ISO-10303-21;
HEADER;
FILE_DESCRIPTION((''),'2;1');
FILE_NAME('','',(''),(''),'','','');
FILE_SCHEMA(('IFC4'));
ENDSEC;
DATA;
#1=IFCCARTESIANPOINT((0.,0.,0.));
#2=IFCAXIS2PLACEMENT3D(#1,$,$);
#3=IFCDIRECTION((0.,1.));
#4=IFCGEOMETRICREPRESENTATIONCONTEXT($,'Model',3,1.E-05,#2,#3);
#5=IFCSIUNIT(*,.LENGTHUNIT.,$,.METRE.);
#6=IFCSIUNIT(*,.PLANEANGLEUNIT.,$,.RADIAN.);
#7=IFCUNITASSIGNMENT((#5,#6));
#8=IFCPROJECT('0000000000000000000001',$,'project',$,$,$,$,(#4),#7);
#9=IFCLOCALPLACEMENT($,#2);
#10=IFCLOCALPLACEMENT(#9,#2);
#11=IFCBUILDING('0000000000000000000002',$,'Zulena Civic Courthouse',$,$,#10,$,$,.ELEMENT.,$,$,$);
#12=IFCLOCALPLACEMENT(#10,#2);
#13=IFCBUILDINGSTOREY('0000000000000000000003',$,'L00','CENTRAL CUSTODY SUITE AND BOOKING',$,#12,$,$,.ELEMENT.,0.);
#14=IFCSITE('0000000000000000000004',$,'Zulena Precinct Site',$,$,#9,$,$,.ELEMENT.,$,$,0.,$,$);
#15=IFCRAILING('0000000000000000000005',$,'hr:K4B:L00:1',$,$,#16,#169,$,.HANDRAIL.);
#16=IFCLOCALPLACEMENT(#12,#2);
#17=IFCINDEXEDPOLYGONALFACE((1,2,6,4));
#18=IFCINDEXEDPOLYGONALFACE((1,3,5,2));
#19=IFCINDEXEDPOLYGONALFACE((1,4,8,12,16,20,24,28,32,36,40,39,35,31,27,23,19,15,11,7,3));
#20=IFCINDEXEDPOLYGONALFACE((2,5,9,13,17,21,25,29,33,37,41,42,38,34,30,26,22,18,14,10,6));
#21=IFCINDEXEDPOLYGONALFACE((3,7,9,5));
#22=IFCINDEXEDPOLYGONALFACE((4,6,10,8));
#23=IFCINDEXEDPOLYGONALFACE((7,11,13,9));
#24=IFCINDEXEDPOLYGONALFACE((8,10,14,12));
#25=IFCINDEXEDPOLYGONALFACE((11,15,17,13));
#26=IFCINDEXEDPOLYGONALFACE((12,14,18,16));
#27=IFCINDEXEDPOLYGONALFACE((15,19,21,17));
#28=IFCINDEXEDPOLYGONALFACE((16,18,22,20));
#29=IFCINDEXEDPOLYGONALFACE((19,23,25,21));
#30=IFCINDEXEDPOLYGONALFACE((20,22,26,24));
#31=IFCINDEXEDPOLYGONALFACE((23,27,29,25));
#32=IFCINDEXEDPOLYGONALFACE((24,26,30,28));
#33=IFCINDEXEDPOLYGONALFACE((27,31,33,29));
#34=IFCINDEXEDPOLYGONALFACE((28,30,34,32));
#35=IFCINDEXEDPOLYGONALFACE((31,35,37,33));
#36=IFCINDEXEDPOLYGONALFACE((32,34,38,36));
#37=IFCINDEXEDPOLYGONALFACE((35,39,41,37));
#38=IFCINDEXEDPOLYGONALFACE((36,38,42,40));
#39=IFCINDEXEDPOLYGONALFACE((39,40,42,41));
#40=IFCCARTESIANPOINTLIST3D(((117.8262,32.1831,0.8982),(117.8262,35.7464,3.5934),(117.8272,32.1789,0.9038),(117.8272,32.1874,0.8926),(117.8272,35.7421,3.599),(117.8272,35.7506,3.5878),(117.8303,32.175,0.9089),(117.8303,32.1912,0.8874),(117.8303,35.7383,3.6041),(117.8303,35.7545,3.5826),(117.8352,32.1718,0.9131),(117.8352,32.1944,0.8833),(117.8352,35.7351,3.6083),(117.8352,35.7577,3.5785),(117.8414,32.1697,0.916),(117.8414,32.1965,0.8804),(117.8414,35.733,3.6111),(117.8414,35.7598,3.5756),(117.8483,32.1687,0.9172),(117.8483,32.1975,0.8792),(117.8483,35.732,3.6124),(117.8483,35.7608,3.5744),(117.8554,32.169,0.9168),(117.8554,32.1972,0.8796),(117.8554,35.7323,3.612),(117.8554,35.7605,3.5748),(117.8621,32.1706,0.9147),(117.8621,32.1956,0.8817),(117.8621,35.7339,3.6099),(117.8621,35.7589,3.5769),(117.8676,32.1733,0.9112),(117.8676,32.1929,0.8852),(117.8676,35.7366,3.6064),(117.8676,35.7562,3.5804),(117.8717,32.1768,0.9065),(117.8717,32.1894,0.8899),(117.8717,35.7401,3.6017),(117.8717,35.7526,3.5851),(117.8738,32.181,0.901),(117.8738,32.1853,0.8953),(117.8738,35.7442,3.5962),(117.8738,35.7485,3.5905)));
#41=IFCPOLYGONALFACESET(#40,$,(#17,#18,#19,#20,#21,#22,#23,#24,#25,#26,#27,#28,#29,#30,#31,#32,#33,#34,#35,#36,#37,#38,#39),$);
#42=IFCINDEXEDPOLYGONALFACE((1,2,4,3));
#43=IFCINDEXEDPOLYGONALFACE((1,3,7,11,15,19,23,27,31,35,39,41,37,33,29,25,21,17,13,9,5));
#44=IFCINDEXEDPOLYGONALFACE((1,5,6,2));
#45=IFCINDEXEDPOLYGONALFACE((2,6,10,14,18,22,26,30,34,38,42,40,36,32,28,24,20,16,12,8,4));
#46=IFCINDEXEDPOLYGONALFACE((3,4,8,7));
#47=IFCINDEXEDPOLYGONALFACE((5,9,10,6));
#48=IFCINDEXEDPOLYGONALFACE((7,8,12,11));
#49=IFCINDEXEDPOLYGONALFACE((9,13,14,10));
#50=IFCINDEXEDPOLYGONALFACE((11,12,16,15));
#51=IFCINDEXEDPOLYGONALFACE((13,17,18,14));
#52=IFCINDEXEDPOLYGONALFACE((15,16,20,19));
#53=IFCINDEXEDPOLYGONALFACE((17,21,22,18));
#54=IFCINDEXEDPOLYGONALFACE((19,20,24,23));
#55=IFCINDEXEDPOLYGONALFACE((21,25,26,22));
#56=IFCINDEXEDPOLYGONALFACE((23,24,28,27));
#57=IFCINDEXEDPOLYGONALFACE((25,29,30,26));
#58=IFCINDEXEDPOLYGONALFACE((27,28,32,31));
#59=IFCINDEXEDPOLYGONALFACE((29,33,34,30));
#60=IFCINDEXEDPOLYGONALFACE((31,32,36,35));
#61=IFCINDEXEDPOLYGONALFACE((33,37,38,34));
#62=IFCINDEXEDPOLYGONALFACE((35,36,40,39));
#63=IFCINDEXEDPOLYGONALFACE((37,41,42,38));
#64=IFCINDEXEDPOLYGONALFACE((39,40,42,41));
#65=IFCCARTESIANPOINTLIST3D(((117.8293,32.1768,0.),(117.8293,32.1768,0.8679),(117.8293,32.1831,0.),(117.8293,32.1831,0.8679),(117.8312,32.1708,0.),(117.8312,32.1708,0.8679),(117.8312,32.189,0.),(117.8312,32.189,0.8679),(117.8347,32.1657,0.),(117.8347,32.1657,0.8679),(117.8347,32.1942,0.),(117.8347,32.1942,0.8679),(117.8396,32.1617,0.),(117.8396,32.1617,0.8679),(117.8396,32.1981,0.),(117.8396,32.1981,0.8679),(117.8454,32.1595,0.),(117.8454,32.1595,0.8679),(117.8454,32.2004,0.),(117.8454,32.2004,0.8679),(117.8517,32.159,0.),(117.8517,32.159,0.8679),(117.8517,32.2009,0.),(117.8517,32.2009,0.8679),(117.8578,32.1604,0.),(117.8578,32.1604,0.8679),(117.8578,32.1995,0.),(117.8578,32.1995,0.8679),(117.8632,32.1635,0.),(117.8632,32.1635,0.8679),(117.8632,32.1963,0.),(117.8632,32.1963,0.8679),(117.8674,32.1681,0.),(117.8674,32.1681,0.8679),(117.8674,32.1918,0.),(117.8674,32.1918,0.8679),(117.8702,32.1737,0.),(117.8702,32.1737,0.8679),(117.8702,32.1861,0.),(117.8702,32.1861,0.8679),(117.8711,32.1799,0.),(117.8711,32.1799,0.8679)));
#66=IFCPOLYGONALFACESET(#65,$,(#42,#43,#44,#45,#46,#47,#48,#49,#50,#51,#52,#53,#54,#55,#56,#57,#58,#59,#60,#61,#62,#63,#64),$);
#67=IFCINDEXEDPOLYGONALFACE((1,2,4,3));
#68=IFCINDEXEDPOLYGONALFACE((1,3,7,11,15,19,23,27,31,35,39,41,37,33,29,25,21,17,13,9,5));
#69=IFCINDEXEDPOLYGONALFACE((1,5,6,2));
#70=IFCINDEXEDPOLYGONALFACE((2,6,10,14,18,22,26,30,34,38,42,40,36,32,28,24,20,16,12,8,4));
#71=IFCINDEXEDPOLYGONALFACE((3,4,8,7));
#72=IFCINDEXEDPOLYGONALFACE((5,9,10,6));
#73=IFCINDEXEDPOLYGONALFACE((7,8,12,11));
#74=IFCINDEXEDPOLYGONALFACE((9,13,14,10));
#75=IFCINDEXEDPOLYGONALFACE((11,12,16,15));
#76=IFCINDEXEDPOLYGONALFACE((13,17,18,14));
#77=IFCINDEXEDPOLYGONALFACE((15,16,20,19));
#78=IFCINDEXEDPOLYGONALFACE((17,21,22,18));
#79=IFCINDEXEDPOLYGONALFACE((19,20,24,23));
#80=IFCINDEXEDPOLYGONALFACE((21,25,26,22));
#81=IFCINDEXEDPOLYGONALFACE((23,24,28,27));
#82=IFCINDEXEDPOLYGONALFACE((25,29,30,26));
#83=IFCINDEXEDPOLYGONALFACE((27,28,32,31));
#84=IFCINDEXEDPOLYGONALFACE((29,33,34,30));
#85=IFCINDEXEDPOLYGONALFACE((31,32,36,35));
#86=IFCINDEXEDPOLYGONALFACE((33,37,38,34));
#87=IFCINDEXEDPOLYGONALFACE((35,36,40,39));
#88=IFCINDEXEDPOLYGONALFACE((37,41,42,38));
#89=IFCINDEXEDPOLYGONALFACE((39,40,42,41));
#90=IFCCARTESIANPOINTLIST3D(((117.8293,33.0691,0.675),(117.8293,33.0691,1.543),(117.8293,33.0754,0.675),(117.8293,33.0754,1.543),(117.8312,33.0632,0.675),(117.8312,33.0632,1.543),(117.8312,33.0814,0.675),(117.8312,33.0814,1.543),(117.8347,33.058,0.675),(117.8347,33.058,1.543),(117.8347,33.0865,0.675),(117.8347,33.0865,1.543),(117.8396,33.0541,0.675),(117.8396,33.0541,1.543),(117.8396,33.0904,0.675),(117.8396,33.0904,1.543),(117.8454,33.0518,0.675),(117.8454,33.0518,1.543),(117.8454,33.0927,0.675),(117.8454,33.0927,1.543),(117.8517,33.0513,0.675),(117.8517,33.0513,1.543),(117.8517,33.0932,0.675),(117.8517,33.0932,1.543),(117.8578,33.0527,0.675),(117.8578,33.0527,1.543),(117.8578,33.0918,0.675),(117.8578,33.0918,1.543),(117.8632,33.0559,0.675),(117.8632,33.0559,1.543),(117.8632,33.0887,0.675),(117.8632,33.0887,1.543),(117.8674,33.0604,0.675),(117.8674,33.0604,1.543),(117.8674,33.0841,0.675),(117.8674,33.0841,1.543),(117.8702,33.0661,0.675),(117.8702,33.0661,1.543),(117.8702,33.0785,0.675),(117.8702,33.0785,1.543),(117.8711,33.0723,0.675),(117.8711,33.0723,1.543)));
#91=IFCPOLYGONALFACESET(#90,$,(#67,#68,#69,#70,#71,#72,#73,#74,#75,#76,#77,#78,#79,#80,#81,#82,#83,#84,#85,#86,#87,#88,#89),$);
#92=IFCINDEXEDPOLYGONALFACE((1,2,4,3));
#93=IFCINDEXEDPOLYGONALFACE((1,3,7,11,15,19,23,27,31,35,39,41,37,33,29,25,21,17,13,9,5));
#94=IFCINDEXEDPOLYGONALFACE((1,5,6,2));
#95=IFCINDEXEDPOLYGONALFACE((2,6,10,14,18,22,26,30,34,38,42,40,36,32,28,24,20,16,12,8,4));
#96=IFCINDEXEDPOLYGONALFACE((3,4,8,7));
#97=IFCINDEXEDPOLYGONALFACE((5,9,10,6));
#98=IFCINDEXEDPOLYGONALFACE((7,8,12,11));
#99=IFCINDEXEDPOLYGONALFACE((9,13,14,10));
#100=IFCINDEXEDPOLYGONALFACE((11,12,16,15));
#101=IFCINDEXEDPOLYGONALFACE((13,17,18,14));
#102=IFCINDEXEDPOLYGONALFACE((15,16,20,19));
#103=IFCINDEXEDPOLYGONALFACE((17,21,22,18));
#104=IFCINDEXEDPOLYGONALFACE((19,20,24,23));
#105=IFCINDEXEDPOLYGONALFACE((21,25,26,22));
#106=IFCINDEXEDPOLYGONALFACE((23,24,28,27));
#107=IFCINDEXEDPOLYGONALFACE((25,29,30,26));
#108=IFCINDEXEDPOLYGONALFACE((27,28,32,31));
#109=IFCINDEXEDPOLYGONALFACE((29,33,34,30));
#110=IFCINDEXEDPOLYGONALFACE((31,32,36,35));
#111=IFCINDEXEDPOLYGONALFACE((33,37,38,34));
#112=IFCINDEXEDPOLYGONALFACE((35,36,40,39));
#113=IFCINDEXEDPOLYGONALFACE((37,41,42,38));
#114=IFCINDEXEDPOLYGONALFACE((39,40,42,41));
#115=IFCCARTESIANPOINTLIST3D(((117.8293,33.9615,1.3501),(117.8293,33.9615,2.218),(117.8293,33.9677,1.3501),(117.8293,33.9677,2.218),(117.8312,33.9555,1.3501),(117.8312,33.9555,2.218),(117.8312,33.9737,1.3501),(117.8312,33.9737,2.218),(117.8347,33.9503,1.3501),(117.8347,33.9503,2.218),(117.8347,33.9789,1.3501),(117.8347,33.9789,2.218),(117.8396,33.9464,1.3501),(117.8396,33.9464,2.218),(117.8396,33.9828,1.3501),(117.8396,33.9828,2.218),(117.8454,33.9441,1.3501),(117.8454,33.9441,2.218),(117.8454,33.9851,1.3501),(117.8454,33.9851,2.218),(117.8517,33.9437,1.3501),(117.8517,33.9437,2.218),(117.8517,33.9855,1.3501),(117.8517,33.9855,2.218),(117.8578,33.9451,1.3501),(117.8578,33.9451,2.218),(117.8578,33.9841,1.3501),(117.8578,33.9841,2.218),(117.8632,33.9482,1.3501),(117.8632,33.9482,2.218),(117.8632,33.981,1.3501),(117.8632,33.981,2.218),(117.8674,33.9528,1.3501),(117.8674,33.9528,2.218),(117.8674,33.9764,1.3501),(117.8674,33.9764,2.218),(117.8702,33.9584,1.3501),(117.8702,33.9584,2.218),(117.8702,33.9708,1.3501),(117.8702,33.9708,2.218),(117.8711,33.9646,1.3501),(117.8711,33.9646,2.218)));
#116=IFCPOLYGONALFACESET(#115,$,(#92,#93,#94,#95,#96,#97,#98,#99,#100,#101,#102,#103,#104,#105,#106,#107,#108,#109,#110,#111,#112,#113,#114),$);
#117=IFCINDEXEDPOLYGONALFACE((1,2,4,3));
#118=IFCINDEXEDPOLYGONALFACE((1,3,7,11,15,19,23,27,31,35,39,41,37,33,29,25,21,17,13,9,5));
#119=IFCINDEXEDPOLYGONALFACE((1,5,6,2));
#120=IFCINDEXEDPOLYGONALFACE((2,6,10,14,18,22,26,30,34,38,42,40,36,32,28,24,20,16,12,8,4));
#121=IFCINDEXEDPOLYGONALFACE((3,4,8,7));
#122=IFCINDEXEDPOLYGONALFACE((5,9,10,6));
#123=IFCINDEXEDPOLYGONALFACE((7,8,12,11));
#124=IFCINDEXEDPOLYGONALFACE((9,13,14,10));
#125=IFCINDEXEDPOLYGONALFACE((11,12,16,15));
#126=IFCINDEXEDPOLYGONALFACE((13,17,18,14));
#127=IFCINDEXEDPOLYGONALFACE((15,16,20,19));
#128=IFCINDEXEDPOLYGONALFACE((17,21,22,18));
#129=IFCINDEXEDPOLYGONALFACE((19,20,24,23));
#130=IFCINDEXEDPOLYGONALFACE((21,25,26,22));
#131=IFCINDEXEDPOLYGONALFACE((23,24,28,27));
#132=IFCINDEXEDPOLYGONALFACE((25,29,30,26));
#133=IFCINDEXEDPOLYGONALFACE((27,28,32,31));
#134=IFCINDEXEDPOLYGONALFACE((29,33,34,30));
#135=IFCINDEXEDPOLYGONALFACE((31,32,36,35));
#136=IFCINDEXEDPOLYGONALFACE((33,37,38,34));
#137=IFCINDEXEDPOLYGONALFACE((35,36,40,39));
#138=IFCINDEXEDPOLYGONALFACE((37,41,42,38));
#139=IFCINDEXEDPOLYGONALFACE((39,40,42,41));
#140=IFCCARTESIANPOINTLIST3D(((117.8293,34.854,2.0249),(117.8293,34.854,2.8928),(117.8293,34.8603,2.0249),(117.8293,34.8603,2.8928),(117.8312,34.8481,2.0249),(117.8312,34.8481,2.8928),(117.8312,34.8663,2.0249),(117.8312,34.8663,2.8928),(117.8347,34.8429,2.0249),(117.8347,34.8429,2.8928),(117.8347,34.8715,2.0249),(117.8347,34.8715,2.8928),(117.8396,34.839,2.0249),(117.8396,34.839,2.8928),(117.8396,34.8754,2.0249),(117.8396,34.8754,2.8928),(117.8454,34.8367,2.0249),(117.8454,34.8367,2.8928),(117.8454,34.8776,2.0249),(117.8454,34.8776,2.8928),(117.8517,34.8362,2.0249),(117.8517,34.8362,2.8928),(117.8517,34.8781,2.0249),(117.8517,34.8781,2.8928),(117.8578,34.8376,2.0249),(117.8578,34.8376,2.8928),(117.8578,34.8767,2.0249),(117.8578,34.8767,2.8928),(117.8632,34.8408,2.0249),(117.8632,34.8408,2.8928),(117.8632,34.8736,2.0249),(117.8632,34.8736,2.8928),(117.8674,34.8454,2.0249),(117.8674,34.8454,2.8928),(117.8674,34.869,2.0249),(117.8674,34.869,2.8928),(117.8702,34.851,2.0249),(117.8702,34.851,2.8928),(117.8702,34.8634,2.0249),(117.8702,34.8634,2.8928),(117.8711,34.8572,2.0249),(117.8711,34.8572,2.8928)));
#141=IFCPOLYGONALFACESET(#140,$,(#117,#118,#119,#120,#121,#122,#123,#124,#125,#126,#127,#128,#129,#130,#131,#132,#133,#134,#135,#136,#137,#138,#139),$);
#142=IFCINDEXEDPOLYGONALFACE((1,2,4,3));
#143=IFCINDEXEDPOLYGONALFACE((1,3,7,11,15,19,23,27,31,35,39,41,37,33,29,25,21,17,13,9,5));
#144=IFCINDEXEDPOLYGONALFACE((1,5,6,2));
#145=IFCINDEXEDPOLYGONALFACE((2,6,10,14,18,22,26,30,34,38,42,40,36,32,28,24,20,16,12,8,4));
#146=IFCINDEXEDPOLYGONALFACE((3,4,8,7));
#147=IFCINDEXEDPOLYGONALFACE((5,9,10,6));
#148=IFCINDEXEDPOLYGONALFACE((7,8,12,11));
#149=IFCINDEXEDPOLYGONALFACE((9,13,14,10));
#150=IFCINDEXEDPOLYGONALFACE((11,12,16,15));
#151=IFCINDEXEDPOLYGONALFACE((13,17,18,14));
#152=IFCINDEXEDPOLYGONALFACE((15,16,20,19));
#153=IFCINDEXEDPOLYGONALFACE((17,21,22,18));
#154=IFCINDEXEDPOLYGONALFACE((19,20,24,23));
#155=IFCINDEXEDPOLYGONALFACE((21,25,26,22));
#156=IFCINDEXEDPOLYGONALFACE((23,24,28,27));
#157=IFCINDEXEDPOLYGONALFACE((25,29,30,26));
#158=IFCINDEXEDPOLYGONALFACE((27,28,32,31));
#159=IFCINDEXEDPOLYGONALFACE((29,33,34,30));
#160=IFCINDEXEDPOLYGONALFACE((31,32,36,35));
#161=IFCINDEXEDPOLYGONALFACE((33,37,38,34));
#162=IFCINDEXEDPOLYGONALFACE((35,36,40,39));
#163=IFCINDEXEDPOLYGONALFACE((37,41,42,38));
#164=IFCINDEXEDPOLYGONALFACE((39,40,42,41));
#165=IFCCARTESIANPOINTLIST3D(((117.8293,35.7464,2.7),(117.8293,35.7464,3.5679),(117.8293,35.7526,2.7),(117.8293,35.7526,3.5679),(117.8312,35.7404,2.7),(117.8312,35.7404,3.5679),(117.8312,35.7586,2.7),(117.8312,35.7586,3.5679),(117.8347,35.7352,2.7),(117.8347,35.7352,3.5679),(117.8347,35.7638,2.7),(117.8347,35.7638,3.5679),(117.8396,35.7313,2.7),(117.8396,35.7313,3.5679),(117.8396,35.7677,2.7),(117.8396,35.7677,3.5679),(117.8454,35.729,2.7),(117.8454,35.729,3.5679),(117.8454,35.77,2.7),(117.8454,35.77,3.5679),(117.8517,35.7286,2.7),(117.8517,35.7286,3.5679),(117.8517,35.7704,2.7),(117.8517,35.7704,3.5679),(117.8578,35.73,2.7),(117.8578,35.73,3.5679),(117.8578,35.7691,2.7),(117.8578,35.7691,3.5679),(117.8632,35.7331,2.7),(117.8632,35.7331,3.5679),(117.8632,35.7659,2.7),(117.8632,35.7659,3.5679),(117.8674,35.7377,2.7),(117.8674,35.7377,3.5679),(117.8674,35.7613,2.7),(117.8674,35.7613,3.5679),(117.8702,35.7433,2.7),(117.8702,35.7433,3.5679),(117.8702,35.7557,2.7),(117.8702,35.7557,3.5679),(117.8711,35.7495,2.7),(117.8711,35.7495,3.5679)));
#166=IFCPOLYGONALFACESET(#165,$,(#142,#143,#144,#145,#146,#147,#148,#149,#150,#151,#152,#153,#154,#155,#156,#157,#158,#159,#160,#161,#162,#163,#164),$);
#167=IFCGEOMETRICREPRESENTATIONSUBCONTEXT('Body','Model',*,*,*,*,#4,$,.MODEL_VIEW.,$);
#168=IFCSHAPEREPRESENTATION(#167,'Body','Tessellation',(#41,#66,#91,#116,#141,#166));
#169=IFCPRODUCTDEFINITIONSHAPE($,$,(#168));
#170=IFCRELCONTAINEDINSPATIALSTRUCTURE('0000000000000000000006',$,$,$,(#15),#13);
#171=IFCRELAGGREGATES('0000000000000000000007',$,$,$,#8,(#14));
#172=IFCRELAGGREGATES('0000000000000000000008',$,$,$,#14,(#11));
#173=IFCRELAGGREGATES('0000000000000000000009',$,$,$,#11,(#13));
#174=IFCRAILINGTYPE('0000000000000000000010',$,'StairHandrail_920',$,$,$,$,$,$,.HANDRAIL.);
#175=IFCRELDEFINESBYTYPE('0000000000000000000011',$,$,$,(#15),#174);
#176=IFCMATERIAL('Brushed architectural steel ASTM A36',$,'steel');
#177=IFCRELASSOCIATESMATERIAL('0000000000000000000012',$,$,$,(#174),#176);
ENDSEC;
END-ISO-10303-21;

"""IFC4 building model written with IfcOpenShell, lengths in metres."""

from ifc_helpers import new_model, si_unit, direction, frame, origin, origin_2d, place, context, subcontext, project, spatial, circle, extrude, material, type_object, element, save


model = new_model("IFC4")

# Units and contexts
model_context = context("Model", 3, precision=1e-05, world=origin(), true_north=direction((0.0, 1.0)))
body_context = subcontext(model_context, "Body", "Model", "MODEL_VIEW")
ifc_project = project(units=[si_unit("LENGTHUNIT", "METRE"), si_unit("PLANEANGLEUNIT", "RADIAN")], contexts=[model_context])

# Site, building, storey
site_placement = place(None, origin())
site = spatial("IfcSite", under=ifc_project, at=site_placement, Name="Zulena Precinct Site", CompositionType="ELEMENT", RefElevation=0.0)
building_placement = place(site_placement, origin())
building = spatial("IfcBuilding", under=site, at=building_placement, Name="Zulena Civic Courthouse", CompositionType="ELEMENT")
storey_placement = place(building_placement, origin())
storey = spatial("IfcBuildingStorey", under=building, at=storey_placement, Name="L00", Description="CENTRAL CUSTODY SUITE AND BOOKING", CompositionType="ELEMENT", Elevation=0.0)

# Railing
ifc_material_1 = material(Name="Brushed architectural steel ASTM A36", Category="steel")
railing_type_1 = type_object("IfcRailingType", Name="StairHandrail_920", PredefinedType="HANDRAIL", material=ifc_material_1)
railing_1_placement = place(storey_placement, frame((117.8501, 32.1799, 0.0)))
element("IfcRailing", 1, at=railing_1_placement, inside=storey, type_object=railing_type_1, Name="hr:K4B:L00:1", PredefinedType="HANDRAIL", context=body_context, shape_type="SweptSolid", body=[
    extrude(circle(Radius=0.0239, at=origin_2d()), frame((0.0, 0.0032, 0.8982), z_axis=(0.0, 0.797552, 0.60325), x_axis=(-1.0, 0.0, 0.0)), (0.0, 0.0, 1.0), 4.4678),
    extrude(circle(Radius=0.021, at=origin_2d()), origin(), (0.0, 0.0, 1.0), 0.8679),
    extrude(circle(Radius=0.021, at=origin_2d()), frame((0.0, 0.8923, 0.675)), (0.0, 0.0, 1.0), 0.8679),
    extrude(circle(Radius=0.021, at=origin_2d()), frame((0.0, 1.7847, 1.3501)), (0.0, 0.0, 1.0), 0.8679),
    extrude(circle(Radius=0.021, at=origin_2d()), frame((0.0, 2.6772, 2.0249)), (0.0, 0.0, 1.0), 0.8679),
    extrude(circle(Radius=0.021, at=origin_2d()), frame((0.0, 3.5696, 2.7)), (0.0, 0.0, 1.0), 0.8679),
])

save(model, "model.ifc")
